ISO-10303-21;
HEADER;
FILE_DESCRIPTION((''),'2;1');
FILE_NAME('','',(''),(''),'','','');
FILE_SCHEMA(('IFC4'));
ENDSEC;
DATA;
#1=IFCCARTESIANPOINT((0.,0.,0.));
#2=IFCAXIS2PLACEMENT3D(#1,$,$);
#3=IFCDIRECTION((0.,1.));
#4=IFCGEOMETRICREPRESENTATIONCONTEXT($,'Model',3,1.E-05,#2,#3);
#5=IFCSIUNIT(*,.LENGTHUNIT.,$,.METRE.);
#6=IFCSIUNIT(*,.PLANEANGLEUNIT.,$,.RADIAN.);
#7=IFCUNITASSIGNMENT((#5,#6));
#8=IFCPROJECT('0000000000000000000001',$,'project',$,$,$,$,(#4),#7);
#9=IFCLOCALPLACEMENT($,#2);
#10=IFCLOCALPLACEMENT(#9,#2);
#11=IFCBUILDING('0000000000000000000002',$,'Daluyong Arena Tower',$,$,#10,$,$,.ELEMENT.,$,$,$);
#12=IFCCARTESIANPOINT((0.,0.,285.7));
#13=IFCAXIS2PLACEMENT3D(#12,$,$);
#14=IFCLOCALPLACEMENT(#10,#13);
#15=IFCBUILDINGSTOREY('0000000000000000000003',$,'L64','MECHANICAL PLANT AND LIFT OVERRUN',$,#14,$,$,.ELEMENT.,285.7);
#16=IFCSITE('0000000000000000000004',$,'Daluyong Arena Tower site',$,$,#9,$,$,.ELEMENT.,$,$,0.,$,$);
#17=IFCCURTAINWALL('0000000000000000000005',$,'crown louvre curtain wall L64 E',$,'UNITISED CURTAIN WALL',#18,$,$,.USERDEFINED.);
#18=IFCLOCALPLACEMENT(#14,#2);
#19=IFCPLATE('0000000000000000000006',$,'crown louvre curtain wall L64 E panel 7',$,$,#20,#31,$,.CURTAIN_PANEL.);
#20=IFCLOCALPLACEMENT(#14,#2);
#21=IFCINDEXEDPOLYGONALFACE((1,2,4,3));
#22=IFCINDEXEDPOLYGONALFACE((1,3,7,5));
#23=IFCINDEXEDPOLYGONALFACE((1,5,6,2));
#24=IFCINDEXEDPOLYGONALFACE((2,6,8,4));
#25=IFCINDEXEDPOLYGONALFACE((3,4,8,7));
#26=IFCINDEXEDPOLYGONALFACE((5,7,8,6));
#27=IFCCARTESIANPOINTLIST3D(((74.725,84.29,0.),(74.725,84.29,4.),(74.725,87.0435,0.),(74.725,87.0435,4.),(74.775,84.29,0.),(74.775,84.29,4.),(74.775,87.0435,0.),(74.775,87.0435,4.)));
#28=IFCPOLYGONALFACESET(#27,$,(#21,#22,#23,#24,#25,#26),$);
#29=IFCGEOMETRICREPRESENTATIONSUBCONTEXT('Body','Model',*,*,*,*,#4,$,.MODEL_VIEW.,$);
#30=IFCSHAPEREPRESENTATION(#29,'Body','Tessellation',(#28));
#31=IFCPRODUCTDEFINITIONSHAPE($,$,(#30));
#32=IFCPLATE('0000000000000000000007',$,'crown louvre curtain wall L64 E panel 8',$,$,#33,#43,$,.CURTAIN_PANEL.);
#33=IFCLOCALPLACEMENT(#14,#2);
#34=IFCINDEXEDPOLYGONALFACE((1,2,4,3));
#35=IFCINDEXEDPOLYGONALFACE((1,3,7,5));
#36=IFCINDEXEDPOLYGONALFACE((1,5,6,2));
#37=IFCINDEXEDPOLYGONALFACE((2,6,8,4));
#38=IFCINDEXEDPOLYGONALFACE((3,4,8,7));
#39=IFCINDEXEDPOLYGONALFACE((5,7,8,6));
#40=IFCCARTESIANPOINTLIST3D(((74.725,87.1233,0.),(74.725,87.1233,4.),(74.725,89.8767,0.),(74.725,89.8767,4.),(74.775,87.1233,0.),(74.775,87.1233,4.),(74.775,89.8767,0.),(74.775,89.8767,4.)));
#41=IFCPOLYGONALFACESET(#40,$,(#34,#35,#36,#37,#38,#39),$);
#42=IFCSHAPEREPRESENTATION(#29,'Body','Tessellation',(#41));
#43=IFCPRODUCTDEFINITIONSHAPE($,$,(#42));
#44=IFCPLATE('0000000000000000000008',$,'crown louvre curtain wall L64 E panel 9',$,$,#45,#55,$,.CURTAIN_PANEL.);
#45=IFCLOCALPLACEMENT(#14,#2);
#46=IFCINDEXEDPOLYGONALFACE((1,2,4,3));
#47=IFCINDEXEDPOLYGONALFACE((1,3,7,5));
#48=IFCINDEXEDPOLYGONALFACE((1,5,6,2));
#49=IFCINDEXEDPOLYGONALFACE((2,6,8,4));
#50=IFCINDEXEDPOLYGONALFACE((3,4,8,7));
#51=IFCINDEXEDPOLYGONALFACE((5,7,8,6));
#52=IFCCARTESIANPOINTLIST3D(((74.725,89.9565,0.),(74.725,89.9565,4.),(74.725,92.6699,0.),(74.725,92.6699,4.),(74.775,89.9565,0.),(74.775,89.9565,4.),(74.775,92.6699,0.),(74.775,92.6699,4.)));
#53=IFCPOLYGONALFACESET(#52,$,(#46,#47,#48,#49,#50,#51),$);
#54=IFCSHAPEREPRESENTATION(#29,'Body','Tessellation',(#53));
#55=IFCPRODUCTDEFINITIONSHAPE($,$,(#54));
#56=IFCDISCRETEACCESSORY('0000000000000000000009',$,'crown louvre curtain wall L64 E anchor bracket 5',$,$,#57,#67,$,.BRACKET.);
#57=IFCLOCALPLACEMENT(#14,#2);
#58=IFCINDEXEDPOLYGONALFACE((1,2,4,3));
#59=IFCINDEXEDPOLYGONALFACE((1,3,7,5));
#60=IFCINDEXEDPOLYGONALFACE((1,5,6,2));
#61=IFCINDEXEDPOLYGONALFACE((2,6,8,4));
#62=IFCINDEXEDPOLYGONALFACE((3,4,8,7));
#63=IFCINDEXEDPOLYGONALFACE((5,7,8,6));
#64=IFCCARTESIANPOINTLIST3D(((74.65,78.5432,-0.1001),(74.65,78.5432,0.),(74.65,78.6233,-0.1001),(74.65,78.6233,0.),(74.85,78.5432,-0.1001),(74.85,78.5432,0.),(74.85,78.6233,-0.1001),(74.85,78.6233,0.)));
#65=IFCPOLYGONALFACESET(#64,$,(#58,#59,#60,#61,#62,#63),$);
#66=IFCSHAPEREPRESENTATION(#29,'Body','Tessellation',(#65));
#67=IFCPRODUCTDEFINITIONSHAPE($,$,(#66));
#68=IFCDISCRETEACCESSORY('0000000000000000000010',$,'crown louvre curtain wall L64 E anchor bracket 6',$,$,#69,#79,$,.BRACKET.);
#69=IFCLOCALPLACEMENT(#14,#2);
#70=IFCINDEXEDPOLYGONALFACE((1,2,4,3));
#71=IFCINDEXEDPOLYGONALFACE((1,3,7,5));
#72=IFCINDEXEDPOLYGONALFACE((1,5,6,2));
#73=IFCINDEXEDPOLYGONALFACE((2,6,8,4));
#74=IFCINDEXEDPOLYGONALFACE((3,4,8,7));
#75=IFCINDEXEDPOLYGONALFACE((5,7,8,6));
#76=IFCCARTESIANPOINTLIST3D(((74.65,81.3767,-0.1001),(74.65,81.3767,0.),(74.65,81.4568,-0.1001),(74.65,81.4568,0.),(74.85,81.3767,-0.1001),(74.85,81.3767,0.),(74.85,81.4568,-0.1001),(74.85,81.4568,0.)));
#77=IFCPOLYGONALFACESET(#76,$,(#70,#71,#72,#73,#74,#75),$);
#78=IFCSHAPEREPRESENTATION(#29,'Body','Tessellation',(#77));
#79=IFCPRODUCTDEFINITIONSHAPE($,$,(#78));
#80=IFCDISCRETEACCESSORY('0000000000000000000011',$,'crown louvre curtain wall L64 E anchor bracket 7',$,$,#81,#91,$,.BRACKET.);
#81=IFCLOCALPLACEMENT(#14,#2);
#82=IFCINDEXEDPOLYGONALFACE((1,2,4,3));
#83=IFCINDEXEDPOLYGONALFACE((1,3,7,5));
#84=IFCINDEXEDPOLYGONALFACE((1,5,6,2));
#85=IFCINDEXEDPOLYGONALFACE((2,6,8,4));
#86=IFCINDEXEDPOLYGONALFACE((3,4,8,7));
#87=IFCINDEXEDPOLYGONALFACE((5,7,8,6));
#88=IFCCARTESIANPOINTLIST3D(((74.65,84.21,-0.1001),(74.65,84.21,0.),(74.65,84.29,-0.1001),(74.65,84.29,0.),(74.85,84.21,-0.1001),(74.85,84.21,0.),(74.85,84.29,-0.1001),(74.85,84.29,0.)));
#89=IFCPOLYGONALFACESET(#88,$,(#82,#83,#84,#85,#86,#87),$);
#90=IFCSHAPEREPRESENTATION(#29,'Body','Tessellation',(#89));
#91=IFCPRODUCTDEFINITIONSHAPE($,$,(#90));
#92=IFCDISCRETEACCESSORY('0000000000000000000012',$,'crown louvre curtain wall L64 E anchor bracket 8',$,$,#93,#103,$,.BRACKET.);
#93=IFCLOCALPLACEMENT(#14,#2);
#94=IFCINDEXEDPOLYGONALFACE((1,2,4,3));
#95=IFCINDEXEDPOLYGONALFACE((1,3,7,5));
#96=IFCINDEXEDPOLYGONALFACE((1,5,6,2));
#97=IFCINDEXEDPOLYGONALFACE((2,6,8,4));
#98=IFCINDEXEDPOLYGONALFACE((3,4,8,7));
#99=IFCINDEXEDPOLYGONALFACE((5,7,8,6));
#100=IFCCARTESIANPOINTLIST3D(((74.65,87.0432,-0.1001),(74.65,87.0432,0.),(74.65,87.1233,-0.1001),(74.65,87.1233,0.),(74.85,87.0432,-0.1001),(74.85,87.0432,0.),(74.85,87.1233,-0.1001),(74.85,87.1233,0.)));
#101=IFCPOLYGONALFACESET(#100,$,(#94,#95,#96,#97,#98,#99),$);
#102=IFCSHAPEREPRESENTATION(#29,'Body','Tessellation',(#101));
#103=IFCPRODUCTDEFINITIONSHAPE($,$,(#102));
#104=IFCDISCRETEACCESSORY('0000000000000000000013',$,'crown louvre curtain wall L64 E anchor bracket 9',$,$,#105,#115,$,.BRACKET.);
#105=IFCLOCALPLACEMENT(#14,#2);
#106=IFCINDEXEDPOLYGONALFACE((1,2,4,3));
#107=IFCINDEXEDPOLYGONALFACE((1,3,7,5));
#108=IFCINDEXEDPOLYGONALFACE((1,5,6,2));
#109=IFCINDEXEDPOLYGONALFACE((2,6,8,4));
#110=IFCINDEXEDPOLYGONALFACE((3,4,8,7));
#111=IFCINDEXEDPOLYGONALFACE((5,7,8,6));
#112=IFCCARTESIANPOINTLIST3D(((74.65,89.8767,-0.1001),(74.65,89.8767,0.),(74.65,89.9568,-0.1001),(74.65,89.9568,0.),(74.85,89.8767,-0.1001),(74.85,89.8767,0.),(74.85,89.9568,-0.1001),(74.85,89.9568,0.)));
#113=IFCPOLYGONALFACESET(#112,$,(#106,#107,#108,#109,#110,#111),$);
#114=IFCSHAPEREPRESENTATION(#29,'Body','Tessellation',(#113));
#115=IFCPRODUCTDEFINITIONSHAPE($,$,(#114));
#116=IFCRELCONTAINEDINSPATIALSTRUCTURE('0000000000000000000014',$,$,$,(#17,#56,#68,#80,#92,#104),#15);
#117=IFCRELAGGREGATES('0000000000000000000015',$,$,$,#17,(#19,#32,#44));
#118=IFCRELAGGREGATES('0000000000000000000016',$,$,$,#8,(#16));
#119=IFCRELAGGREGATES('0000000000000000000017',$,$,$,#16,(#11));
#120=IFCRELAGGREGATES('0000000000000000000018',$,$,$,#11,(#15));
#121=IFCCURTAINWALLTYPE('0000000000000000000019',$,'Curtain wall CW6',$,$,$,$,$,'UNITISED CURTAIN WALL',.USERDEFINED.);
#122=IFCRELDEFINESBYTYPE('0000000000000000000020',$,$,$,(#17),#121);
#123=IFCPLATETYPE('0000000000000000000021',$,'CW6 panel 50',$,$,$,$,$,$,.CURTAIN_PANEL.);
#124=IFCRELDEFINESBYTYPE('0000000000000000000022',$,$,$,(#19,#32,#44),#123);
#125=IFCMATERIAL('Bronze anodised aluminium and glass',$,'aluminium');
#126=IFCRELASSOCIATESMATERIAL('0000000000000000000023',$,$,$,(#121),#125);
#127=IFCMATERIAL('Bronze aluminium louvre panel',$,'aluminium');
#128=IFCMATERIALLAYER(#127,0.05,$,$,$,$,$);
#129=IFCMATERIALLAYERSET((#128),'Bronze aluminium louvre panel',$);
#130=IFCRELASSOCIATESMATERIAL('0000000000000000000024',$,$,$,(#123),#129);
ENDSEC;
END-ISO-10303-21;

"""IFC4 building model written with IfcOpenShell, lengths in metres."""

from ifc_helpers import new_model, si_unit, direction, frame, origin, origin_2d, place, context, subcontext, project, spatial, rectangle, extrude, material, layer, layer_set, type_object, element, aggregate, save


model = new_model("IFC4")

# Units and contexts
model_context = context("Model", 3, precision=1e-05, world=origin(), true_north=direction((0.0, 1.0)))
body_context = subcontext(model_context, "Body", "Model", "MODEL_VIEW")
ifc_project = project(units=[si_unit("LENGTHUNIT", "METRE"), si_unit("PLANEANGLEUNIT", "RADIAN")], contexts=[model_context])

# Site, building, storey
site_placement = place(None, origin())
site = spatial("IfcSite", under=ifc_project, at=site_placement, Name="Daluyong Arena Tower site", CompositionType="ELEMENT", RefElevation=0.0)
building_placement = place(site_placement, origin())
building = spatial("IfcBuilding", under=site, at=building_placement, Name="Daluyong Arena Tower", CompositionType="ELEMENT")
storey_placement = place(building_placement, frame((0.0, 0.0, 285.7)))
storey = spatial("IfcBuildingStorey", under=building, at=storey_placement, Name="L64", Description="MECHANICAL PLANT AND LIFT OVERRUN", CompositionType="ELEMENT", Elevation=285.7)

# Curtain wall
ifc_material_1 = material(Name="Bronze anodised aluminium and glass", Category="aluminium")
curtain_wall_type = type_object("IfcCurtainWallType", Name="Curtain wall CW6", ElementType="UNITISED CURTAIN WALL", PredefinedType="USERDEFINED", material=ifc_material_1)
curtain_wall_placement = place(storey_placement, origin())
curtain_wall = element("IfcCurtainWall", 1, at=curtain_wall_placement, inside=storey, type_object=curtain_wall_type, Name="crown louvre curtain wall L64 E", ObjectType="UNITISED CURTAIN WALL", PredefinedType="USERDEFINED")

# Plates
ifc_material_2 = material(Name="Bronze aluminium louvre panel", Category="aluminium")
ifc_layer = layer(ifc_material_2, 0.05)
ifc_layer_set = layer_set([ifc_layer], Name="Bronze aluminium louvre panel")
plate_type = type_object("IfcPlateType", Name="CW6 panel 50", PredefinedType="CURTAIN_PANEL", material=ifc_layer_set)
plate_1_placement = place(storey_placement, frame((74.75, 85.6667, 0.0), z_axis=(0.0, 0.0, 1.0), x_axis=(0.0, 1.0, 0.0)))
plate_1 = element("IfcPlate", 2, at=plate_1_placement, type_object=plate_type, Name="crown louvre curtain wall L64 E panel 7", PredefinedType="CURTAIN_PANEL", context=body_context, shape_type="SweptSolid", body=[
    extrude(rectangle(XDim=2.7534, YDim=0.05, at=origin_2d()), origin(), (0.0, 0.0, 1.0), 4.0),
])
plate_2_placement = place(storey_placement, frame((74.75, 88.5, 0.0), z_axis=(0.0, 0.0, 1.0), x_axis=(0.0, 1.0, 0.0)))
plate_2 = element("IfcPlate", 3, at=plate_2_placement, type_object=plate_type, Name="crown louvre curtain wall L64 E panel 8", PredefinedType="CURTAIN_PANEL", context=body_context, shape_type="SweptSolid", body=[
    extrude(rectangle(XDim=2.7534, YDim=0.05, at=origin_2d()), origin(), (0.0, 0.0, 1.0), 4.0),
])
plate_3_placement = place(storey_placement, frame((74.75, 91.3132, 0.0), z_axis=(0.0, 0.0, 1.0), x_axis=(0.0, 1.0, 0.0)))
plate_3 = element("IfcPlate", 4, at=plate_3_placement, type_object=plate_type, Name="crown louvre curtain wall L64 E panel 9", PredefinedType="CURTAIN_PANEL", context=body_context, shape_type="SweptSolid", body=[
    extrude(rectangle(XDim=2.7134, YDim=0.05, at=origin_2d()), origin(), (0.0, 0.0, 1.0), 4.0),
])
aggregate(curtain_wall, [plate_1, plate_2, plate_3])

# Discrete accessories
for number, where, z_axis, x_axis, name in (
    (5, (74.75, 78.5833, -0.1001), (0.0, 0.0, 1.0), (0.0, 1.0, 0.0), "crown louvre curtain wall L64 E anchor bracket 5"),
    (6, (74.75, 81.4167, -0.1001), (0.0, 0.0, 1.0), (0.0, 1.0, 0.0), "crown louvre curtain wall L64 E anchor bracket 6"),
    (7, (74.75, 84.25, -0.1001), (0.0, 0.0, 1.0), (0.0, 1.0, 0.0), "crown louvre curtain wall L64 E anchor bracket 7"),
    (8, (74.75, 87.0833, -0.1001), (0.0, 0.0, 1.0), (0.0, 1.0, 0.0), "crown louvre curtain wall L64 E anchor bracket 8"),
    (9, (74.75, 89.9167, -0.1001), (0.0, 0.0, 1.0), (0.0, 1.0, 0.0), "crown louvre curtain wall L64 E anchor bracket 9"),
):
    element("IfcDiscreteAccessory", number, at=place(storey_placement, frame(where, z_axis=z_axis, x_axis=x_axis)), inside=storey, Name=name, PredefinedType="BRACKET", context=body_context, shape_type="SweptSolid", body=[
        extrude(rectangle(XDim=0.0801, YDim=0.2, at=origin_2d()), origin(), (0.0, 0.0, 1.0), 0.1001),
    ])

save(model, "model.ifc")
